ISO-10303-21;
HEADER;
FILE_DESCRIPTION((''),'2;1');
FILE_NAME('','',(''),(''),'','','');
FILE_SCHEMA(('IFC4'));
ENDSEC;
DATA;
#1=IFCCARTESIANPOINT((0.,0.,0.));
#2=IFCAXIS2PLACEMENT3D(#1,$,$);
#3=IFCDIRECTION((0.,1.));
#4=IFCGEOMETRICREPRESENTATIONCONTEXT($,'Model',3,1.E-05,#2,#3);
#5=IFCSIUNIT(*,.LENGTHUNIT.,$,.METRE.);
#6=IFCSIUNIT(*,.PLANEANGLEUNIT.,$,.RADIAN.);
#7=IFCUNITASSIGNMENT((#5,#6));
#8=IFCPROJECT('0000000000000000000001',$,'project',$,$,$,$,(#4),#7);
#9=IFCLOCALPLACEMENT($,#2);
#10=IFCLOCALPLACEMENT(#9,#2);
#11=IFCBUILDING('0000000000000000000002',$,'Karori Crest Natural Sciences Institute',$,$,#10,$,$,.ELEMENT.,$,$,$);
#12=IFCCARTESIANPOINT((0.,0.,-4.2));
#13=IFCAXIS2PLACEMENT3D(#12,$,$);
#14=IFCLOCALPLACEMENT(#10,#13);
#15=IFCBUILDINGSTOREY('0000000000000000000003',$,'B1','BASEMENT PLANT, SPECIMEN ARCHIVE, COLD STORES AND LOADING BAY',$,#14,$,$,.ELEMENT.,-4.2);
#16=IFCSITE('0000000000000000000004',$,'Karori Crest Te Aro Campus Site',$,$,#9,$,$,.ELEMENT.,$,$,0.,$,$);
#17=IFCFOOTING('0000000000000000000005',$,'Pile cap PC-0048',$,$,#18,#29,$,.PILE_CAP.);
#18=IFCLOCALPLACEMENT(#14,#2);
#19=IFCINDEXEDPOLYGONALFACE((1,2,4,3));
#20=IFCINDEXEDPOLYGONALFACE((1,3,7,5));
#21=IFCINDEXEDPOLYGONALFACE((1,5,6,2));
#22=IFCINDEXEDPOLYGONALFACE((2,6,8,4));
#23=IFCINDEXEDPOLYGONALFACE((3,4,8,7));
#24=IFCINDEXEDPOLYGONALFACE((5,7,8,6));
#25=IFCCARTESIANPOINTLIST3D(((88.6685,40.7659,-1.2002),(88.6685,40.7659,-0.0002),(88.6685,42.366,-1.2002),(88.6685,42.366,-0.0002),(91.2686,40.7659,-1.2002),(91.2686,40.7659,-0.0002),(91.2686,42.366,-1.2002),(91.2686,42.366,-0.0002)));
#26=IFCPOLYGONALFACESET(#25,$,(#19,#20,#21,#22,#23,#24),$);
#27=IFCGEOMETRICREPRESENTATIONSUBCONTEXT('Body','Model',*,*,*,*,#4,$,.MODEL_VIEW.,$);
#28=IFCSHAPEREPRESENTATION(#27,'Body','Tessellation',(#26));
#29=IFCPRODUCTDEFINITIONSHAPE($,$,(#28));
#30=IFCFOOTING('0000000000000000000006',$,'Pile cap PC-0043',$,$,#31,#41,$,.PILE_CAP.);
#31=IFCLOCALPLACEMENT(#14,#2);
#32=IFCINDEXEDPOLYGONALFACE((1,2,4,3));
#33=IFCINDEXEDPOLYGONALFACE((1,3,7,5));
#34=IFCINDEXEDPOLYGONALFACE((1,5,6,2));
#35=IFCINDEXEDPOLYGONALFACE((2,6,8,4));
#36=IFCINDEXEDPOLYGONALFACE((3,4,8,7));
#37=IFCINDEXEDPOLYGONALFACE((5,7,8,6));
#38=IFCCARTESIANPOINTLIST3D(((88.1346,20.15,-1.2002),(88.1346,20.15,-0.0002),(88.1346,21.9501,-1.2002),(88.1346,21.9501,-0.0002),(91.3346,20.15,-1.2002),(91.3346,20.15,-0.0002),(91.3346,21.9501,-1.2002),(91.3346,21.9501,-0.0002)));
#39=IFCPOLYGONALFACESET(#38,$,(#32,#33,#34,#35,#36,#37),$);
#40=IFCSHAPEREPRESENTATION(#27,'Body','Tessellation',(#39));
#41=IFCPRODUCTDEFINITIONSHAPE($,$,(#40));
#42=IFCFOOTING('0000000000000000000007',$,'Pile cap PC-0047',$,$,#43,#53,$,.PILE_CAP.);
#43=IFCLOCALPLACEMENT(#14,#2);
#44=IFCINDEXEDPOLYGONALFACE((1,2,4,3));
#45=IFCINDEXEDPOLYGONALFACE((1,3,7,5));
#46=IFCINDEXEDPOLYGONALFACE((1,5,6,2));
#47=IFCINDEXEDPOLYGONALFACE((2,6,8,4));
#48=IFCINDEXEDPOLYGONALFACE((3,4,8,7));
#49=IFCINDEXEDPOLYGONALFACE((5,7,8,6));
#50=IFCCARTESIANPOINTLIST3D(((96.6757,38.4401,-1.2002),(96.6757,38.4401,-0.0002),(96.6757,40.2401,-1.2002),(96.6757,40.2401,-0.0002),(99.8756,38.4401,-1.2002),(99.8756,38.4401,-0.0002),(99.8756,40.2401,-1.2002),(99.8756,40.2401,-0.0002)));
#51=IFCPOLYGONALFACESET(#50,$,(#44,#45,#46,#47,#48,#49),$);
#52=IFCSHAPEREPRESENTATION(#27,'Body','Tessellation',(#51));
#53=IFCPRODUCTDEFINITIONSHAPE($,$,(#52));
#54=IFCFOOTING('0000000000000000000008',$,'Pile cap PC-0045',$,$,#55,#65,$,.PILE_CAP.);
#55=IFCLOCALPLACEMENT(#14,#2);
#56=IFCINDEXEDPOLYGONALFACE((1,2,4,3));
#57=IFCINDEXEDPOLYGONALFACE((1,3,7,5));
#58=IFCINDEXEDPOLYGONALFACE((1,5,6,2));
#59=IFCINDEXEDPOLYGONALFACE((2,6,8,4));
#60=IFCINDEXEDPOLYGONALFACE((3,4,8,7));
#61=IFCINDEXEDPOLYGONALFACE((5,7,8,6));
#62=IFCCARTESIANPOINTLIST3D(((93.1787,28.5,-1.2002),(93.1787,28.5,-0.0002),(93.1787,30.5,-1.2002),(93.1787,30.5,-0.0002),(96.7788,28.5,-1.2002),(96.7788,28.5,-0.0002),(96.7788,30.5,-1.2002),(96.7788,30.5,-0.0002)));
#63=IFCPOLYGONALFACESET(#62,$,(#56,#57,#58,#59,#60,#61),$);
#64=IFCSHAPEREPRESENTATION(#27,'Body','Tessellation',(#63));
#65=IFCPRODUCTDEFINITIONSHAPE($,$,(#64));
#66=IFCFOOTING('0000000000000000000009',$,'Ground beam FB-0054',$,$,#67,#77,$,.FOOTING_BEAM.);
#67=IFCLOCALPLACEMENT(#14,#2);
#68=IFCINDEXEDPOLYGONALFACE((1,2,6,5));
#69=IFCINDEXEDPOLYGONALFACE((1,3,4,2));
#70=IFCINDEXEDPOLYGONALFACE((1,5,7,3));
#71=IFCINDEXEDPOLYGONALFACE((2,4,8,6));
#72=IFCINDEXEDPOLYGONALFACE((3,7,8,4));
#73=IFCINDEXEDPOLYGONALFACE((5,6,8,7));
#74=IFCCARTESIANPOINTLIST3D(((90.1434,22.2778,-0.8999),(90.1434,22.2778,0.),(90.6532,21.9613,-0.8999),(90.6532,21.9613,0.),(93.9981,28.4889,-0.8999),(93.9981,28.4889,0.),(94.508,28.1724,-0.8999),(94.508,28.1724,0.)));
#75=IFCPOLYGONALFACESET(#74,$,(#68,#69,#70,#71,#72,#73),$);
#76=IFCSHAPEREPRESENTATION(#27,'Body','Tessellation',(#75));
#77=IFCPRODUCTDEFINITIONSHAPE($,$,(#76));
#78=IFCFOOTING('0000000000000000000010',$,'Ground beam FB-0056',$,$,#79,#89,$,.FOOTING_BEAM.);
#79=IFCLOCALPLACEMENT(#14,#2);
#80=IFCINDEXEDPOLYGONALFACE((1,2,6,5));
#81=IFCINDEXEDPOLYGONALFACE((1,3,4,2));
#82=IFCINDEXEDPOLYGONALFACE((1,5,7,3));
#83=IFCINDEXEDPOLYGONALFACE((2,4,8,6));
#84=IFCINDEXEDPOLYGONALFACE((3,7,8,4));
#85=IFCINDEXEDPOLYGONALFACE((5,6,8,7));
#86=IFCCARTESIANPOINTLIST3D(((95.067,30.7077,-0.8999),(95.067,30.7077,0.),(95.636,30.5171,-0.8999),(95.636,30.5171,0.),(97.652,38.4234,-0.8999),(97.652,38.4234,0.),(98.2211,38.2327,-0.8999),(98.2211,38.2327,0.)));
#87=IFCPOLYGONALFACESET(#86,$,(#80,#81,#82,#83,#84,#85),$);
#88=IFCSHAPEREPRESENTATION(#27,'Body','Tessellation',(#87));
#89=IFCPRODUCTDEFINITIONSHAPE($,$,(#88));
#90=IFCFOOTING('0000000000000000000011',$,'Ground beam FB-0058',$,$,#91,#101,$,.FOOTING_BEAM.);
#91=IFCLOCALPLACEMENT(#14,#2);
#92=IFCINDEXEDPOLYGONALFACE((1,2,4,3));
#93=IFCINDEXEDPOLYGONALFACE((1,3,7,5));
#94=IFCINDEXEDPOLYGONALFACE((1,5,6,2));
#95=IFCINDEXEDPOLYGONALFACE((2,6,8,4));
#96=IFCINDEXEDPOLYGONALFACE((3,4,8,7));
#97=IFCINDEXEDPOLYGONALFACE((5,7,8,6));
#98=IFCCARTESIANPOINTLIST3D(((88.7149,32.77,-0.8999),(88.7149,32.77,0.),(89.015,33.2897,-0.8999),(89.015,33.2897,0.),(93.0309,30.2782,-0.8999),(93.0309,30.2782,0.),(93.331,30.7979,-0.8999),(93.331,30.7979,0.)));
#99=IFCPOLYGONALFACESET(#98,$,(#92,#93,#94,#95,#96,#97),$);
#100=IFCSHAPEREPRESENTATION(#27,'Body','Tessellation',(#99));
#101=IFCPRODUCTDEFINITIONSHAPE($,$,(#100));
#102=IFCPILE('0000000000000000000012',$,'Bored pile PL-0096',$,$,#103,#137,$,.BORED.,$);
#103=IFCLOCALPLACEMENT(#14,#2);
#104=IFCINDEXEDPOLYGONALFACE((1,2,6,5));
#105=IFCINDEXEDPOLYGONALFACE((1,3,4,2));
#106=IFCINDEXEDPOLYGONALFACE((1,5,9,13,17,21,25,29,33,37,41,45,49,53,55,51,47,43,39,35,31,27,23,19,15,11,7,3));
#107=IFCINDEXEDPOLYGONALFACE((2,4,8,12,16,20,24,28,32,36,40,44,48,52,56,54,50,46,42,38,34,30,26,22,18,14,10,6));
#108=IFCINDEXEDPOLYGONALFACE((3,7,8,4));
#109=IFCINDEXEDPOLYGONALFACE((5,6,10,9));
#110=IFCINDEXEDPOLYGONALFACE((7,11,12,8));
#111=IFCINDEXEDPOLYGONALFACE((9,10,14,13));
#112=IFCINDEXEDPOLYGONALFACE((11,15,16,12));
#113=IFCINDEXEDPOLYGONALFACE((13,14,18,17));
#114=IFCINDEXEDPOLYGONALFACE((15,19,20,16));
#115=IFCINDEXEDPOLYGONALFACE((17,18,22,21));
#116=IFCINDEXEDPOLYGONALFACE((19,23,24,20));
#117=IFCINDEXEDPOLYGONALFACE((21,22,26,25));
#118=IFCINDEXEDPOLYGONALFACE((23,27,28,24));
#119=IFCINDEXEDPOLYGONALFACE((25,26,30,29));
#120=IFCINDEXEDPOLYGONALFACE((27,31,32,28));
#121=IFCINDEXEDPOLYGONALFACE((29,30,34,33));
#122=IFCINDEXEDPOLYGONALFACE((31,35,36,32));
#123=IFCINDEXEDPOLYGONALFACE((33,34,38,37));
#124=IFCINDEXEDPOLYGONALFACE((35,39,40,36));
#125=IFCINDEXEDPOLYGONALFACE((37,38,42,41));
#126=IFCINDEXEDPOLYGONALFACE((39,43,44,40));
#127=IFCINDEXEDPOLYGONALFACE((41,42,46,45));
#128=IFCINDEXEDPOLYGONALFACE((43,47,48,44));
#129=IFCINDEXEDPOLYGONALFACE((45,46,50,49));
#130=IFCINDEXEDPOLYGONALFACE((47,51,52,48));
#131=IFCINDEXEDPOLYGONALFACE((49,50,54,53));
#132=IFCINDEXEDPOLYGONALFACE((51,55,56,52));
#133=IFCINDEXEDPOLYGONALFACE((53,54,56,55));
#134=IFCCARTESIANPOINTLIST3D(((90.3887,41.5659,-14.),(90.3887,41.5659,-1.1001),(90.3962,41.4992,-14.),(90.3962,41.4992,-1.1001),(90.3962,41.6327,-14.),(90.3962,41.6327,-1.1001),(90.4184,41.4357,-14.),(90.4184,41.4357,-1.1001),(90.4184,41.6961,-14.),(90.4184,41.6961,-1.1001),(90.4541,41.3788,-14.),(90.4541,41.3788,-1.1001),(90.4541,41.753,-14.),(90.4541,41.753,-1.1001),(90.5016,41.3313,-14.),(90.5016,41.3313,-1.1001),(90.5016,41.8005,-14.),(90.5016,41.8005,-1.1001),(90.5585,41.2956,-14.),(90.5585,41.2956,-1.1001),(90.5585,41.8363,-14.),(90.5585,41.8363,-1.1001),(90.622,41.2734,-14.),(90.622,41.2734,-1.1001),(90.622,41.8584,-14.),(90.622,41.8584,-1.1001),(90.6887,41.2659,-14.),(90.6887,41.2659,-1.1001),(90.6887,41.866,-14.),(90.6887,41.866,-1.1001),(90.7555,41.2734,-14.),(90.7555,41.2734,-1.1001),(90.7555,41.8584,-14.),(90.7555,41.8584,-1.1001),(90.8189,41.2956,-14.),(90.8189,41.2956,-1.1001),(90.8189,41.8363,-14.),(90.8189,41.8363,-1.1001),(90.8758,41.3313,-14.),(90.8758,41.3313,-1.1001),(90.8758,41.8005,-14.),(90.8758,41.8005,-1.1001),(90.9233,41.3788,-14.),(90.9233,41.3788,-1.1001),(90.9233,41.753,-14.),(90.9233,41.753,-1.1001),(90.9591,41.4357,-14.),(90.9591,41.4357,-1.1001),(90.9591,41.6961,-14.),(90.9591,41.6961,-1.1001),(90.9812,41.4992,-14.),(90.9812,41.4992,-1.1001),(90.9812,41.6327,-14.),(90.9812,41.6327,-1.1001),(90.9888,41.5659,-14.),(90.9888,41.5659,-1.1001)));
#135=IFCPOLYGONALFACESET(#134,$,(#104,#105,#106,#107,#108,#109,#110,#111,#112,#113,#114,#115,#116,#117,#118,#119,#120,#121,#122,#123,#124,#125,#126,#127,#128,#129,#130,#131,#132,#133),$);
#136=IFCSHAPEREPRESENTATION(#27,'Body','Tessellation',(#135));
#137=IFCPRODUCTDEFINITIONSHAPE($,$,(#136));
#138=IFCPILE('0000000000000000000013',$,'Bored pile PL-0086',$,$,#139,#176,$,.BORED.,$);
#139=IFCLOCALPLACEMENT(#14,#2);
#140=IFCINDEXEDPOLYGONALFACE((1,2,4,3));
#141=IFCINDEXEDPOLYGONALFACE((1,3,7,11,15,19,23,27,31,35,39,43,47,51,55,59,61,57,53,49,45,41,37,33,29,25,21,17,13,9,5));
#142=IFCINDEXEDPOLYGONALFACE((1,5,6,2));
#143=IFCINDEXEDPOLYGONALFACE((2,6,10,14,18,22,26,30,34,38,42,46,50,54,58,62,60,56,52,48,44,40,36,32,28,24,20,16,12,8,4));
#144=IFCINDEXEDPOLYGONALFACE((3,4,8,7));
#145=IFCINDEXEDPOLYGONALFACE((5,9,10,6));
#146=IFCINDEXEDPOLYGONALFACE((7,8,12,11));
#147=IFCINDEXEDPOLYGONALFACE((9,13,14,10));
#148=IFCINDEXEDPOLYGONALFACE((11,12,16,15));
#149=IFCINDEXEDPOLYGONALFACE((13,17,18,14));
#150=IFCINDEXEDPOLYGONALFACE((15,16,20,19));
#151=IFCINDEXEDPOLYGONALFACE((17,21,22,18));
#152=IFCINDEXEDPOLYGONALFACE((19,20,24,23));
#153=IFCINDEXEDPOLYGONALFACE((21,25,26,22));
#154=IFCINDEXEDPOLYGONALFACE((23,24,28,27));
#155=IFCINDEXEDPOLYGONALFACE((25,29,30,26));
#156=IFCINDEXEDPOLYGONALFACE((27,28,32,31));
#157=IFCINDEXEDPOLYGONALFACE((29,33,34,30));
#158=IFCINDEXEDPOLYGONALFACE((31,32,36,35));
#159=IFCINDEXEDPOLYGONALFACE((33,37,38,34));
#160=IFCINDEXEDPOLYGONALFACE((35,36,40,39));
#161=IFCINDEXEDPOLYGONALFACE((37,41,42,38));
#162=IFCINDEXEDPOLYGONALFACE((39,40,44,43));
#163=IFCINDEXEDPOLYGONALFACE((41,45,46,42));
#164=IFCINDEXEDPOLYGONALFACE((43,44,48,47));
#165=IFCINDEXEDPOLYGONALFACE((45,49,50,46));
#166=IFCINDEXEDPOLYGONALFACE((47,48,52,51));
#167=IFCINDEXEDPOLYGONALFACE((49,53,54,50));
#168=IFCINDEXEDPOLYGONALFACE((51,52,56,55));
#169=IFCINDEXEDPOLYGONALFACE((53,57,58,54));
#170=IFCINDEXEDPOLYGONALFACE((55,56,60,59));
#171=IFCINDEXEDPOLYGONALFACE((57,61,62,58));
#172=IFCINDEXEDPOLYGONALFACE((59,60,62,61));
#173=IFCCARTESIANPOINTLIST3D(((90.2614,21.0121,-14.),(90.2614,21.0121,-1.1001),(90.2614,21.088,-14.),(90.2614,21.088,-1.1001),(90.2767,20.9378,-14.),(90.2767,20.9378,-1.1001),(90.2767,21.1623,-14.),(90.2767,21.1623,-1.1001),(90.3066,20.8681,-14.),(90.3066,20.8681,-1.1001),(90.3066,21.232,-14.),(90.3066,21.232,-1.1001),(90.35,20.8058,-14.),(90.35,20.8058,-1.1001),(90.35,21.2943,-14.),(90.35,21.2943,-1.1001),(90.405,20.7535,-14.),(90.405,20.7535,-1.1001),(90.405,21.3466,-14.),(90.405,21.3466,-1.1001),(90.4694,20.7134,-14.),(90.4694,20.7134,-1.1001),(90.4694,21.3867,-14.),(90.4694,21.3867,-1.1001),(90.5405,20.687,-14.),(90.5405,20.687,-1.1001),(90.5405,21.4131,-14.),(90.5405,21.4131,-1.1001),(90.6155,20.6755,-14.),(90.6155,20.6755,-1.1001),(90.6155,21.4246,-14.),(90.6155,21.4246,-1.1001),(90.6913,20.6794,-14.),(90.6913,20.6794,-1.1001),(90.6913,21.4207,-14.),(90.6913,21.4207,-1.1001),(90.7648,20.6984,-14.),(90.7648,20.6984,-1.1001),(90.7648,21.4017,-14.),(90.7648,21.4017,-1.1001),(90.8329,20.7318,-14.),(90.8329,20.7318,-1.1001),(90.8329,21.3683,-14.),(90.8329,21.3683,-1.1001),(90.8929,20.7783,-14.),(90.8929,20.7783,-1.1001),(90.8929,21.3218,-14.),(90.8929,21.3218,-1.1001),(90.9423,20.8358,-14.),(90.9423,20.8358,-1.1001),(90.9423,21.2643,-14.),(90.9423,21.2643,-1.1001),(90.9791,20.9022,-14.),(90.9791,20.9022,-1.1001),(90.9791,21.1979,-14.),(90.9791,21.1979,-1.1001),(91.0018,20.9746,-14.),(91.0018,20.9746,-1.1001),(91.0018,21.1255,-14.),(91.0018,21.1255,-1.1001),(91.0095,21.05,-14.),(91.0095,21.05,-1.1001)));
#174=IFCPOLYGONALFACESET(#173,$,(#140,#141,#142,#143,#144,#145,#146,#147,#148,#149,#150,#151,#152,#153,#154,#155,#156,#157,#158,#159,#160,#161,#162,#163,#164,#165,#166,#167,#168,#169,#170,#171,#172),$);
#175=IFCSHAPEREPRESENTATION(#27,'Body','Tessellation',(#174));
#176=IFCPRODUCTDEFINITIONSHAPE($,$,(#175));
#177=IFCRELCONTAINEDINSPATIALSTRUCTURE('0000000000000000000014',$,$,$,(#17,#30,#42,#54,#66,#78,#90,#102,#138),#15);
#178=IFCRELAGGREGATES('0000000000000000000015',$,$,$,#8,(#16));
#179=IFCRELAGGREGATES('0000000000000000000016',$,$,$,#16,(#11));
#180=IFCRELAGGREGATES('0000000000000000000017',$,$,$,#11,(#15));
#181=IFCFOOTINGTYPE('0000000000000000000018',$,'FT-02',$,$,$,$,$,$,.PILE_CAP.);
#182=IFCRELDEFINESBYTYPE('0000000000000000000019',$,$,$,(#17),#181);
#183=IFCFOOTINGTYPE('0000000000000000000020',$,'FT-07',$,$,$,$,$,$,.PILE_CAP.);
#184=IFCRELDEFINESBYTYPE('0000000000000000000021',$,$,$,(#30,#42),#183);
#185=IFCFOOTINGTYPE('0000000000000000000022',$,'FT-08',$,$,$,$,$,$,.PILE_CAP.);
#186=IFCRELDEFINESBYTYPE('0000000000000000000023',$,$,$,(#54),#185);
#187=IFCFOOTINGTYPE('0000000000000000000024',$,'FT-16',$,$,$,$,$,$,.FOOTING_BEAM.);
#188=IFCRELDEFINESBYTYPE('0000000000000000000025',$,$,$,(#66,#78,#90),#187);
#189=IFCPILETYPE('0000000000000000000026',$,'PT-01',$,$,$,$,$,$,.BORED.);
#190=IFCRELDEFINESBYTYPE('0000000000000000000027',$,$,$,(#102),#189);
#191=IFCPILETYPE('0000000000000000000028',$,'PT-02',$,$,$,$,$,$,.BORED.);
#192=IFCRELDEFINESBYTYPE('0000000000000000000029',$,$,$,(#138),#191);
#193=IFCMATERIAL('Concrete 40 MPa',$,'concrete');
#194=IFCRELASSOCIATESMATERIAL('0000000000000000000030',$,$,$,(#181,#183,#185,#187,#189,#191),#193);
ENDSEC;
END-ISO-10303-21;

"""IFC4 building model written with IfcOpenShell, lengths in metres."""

from ifc_helpers import new_model, si_unit, direction, frame, origin, origin_2d, place, context, subcontext, project, spatial, rectangle, circle, extrude, material, material_profile, profile_set, type_object, element, save


model = new_model("IFC4")

# Units and contexts
model_context = context("Model", 3, precision=1e-05, world=origin(), true_north=direction((0.0, 1.0)))
body_context = subcontext(model_context, "Body", "Model", "MODEL_VIEW")
ifc_project = project(units=[si_unit("LENGTHUNIT", "METRE"), si_unit("PLANEANGLEUNIT", "RADIAN")], contexts=[model_context])

# Site, building, storey
site_placement = place(None, origin())
site = spatial("IfcSite", under=ifc_project, at=site_placement, Name="Karori Crest Te Aro Campus Site", CompositionType="ELEMENT", RefElevation=0.0)
building_placement = place(site_placement, origin())
building = spatial("IfcBuilding", under=site, at=building_placement, Name="Karori Crest Natural Sciences Institute", CompositionType="ELEMENT")
storey_placement = place(building_placement, frame((0.0, 0.0, -4.2)))
storey = spatial("IfcBuildingStorey", under=building, at=storey_placement, Name="B1", Description="BASEMENT PLANT, SPECIMEN ARCHIVE, COLD STORES AND LOADING BAY", CompositionType="ELEMENT", Elevation=-4.2)

# Footings
ifc_material_1 = material(Name="Concrete 40 MPa", Category="concrete")
footing_type_1 = type_object("IfcFootingType", Name="FT-02", PredefinedType="PILE_CAP", material=ifc_material_1)
footing_1_placement = place(storey_placement, frame((89.9685, 41.5659, -1.2002), z_axis=(0.0, 0.0, 1.0), x_axis=(1.0, 0.0, 0.0)))
element("IfcFooting", 1, at=footing_1_placement, inside=storey, type_object=footing_type_1, Name="Pile cap PC-0048", PredefinedType="PILE_CAP", context=body_context, shape_type="SweptSolid", body=[
    extrude(rectangle(XDim=2.6001, YDim=1.6001, at=origin_2d()), origin(), (0.0, 0.0, 1.0), 1.2),
])
footing_type_2 = type_object("IfcFootingType", Name="FT-07", PredefinedType="PILE_CAP", material=ifc_material_1)
for number, where, z_axis, x_axis, name in (
    (2, (89.7346, 21.05, -1.2002), (0.0, 0.0, 1.0), (1.0, 0.0, 0.0), "Pile cap PC-0043"),
    (3, (98.2756, 39.3401, -1.2002), (0.0, 0.0, 1.0), (1.0, 0.0, 0.0), "Pile cap PC-0047"),
):
    element("IfcFooting", number, at=place(storey_placement, frame(where, z_axis=z_axis, x_axis=x_axis)), inside=storey, type_object=footing_type_2, Name=name, PredefinedType="PILE_CAP", context=body_context, shape_type="SweptSolid", body=[
        extrude(rectangle(XDim=3.2, YDim=1.8, at=origin_2d()), origin(), (0.0, 0.0, 1.0), 1.2),
    ])
footing_type_3 = type_object("IfcFootingType", Name="FT-08", PredefinedType="PILE_CAP", material=ifc_material_1)
footing_2_placement = place(storey_placement, frame((94.9788, 29.5, -1.2002), z_axis=(0.0, 0.0, 1.0), x_axis=(1.0, 0.0, 0.0)))
element("IfcFooting", 4, at=footing_2_placement, inside=storey, type_object=footing_type_3, Name="Pile cap PC-0045", PredefinedType="PILE_CAP", context=body_context, shape_type="SweptSolid", body=[
    extrude(rectangle(XDim=3.6001, YDim=2.0, at=origin_2d()), origin(), (0.0, 0.0, 1.0), 1.2),
])
footing_type_4 = type_object("IfcFootingType", Name="FT-16", PredefinedType="FOOTING_BEAM", material=ifc_material_1)
footing_3_placement = place(storey_placement, frame((92.3257, 25.2251, -0.8999), z_axis=(0.0, 0.0, 1.0), x_axis=(0.527325, 0.849664, 0.0)))
element("IfcFooting", 5, at=footing_3_placement, inside=storey, type_object=footing_type_4, Name="Ground beam FB-0054", PredefinedType="FOOTING_BEAM", context=body_context, shape_type="SweptSolid", body=[
    extrude(rectangle(XDim=7.3101, YDim=0.6001, at=origin_2d()), origin(), (0.0, 0.0, 1.0), 0.8999),
])
footing_4_placement = place(storey_placement, frame((96.644, 34.4702, -0.8999), z_axis=(0.0, 0.0, 1.0), x_axis=(0.317679, 0.948198, 0.0)))
element("IfcFooting", 6, at=footing_4_placement, inside=storey, type_object=footing_type_4, Name="Ground beam FB-0056", PredefinedType="FOOTING_BEAM", context=body_context, shape_type="SweptSolid", body=[
    extrude(rectangle(XDim=8.1372, YDim=0.6001, at=origin_2d()), origin(), (0.0, 0.0, 1.0), 0.8999),
])
footing_5_placement = place(storey_placement, frame((91.0229, 31.7839, -0.8999), z_axis=(0.0, 0.0, 1.0), x_axis=(-0.866025, 0.500002, 0.0)))
element("IfcFooting", 7, at=footing_5_placement, inside=storey, type_object=footing_type_4, Name="Ground beam FB-0058", PredefinedType="FOOTING_BEAM", context=body_context, shape_type="SweptSolid", body=[
    extrude(rectangle(XDim=4.9836, YDim=0.6001, at=origin_2d()), origin(), (0.0, 0.0, 1.0), 0.8999),
])

# Piles
ifc_material_profile_1 = material_profile(ifc_material_1, circle(Radius=0.3, at=origin_2d()), Name="PILE600")
ifc_profile_set_1 = profile_set([ifc_material_profile_1], Name="Concrete 40 MPa")
pile_type_1 = type_object("IfcPileType", Name="PT-01", PredefinedType="BORED", material=ifc_profile_set_1)
pile_placement = place(storey_placement, frame((90.6887, 41.5659, -1.1001), z_axis=(0.0, 0.0, -1.0), x_axis=(1.0, 0.0, 0.0)))
element("IfcPile", 8, at=pile_placement, inside=storey, type_object=pile_type_1, Name="Bored pile PL-0096", PredefinedType="BORED", context=body_context, shape_type="SweptSolid", body=[
    extrude(circle(Radius=0.3, at=origin_2d()), origin(), (0.0, 0.0, 1.0), 12.8999),
])
ifc_material_profile_2 = material_profile(ifc_material_1, circle(Radius=0.375, at=origin_2d()), Name="PILE750")
ifc_profile_set_2 = profile_set([ifc_material_profile_2], Name="Concrete 40 MPa")
pile_type_2 = type_object("IfcPileType", Name="PT-02", PredefinedType="BORED", material=ifc_profile_set_2)
for number, where, z_axis, x_axis, name in (
    (9, (90.6345, 21.05, -1.1001), (0.0, 0.0, -1.0), (1.0, 0.0, 0.0), "Bored pile PL-0086"),
):
    element("IfcPile", number, at=place(storey_placement, frame(where, z_axis=z_axis, x_axis=x_axis)), inside=storey, type_object=pile_type_2, Name=name, PredefinedType="BORED", context=body_context, shape_type="SweptSolid", body=[
        extrude(circle(Radius=0.375, at=origin_2d()), origin(), (0.0, 0.0, 1.0), 12.8999),
    ])

save(model, "model.ifc")
